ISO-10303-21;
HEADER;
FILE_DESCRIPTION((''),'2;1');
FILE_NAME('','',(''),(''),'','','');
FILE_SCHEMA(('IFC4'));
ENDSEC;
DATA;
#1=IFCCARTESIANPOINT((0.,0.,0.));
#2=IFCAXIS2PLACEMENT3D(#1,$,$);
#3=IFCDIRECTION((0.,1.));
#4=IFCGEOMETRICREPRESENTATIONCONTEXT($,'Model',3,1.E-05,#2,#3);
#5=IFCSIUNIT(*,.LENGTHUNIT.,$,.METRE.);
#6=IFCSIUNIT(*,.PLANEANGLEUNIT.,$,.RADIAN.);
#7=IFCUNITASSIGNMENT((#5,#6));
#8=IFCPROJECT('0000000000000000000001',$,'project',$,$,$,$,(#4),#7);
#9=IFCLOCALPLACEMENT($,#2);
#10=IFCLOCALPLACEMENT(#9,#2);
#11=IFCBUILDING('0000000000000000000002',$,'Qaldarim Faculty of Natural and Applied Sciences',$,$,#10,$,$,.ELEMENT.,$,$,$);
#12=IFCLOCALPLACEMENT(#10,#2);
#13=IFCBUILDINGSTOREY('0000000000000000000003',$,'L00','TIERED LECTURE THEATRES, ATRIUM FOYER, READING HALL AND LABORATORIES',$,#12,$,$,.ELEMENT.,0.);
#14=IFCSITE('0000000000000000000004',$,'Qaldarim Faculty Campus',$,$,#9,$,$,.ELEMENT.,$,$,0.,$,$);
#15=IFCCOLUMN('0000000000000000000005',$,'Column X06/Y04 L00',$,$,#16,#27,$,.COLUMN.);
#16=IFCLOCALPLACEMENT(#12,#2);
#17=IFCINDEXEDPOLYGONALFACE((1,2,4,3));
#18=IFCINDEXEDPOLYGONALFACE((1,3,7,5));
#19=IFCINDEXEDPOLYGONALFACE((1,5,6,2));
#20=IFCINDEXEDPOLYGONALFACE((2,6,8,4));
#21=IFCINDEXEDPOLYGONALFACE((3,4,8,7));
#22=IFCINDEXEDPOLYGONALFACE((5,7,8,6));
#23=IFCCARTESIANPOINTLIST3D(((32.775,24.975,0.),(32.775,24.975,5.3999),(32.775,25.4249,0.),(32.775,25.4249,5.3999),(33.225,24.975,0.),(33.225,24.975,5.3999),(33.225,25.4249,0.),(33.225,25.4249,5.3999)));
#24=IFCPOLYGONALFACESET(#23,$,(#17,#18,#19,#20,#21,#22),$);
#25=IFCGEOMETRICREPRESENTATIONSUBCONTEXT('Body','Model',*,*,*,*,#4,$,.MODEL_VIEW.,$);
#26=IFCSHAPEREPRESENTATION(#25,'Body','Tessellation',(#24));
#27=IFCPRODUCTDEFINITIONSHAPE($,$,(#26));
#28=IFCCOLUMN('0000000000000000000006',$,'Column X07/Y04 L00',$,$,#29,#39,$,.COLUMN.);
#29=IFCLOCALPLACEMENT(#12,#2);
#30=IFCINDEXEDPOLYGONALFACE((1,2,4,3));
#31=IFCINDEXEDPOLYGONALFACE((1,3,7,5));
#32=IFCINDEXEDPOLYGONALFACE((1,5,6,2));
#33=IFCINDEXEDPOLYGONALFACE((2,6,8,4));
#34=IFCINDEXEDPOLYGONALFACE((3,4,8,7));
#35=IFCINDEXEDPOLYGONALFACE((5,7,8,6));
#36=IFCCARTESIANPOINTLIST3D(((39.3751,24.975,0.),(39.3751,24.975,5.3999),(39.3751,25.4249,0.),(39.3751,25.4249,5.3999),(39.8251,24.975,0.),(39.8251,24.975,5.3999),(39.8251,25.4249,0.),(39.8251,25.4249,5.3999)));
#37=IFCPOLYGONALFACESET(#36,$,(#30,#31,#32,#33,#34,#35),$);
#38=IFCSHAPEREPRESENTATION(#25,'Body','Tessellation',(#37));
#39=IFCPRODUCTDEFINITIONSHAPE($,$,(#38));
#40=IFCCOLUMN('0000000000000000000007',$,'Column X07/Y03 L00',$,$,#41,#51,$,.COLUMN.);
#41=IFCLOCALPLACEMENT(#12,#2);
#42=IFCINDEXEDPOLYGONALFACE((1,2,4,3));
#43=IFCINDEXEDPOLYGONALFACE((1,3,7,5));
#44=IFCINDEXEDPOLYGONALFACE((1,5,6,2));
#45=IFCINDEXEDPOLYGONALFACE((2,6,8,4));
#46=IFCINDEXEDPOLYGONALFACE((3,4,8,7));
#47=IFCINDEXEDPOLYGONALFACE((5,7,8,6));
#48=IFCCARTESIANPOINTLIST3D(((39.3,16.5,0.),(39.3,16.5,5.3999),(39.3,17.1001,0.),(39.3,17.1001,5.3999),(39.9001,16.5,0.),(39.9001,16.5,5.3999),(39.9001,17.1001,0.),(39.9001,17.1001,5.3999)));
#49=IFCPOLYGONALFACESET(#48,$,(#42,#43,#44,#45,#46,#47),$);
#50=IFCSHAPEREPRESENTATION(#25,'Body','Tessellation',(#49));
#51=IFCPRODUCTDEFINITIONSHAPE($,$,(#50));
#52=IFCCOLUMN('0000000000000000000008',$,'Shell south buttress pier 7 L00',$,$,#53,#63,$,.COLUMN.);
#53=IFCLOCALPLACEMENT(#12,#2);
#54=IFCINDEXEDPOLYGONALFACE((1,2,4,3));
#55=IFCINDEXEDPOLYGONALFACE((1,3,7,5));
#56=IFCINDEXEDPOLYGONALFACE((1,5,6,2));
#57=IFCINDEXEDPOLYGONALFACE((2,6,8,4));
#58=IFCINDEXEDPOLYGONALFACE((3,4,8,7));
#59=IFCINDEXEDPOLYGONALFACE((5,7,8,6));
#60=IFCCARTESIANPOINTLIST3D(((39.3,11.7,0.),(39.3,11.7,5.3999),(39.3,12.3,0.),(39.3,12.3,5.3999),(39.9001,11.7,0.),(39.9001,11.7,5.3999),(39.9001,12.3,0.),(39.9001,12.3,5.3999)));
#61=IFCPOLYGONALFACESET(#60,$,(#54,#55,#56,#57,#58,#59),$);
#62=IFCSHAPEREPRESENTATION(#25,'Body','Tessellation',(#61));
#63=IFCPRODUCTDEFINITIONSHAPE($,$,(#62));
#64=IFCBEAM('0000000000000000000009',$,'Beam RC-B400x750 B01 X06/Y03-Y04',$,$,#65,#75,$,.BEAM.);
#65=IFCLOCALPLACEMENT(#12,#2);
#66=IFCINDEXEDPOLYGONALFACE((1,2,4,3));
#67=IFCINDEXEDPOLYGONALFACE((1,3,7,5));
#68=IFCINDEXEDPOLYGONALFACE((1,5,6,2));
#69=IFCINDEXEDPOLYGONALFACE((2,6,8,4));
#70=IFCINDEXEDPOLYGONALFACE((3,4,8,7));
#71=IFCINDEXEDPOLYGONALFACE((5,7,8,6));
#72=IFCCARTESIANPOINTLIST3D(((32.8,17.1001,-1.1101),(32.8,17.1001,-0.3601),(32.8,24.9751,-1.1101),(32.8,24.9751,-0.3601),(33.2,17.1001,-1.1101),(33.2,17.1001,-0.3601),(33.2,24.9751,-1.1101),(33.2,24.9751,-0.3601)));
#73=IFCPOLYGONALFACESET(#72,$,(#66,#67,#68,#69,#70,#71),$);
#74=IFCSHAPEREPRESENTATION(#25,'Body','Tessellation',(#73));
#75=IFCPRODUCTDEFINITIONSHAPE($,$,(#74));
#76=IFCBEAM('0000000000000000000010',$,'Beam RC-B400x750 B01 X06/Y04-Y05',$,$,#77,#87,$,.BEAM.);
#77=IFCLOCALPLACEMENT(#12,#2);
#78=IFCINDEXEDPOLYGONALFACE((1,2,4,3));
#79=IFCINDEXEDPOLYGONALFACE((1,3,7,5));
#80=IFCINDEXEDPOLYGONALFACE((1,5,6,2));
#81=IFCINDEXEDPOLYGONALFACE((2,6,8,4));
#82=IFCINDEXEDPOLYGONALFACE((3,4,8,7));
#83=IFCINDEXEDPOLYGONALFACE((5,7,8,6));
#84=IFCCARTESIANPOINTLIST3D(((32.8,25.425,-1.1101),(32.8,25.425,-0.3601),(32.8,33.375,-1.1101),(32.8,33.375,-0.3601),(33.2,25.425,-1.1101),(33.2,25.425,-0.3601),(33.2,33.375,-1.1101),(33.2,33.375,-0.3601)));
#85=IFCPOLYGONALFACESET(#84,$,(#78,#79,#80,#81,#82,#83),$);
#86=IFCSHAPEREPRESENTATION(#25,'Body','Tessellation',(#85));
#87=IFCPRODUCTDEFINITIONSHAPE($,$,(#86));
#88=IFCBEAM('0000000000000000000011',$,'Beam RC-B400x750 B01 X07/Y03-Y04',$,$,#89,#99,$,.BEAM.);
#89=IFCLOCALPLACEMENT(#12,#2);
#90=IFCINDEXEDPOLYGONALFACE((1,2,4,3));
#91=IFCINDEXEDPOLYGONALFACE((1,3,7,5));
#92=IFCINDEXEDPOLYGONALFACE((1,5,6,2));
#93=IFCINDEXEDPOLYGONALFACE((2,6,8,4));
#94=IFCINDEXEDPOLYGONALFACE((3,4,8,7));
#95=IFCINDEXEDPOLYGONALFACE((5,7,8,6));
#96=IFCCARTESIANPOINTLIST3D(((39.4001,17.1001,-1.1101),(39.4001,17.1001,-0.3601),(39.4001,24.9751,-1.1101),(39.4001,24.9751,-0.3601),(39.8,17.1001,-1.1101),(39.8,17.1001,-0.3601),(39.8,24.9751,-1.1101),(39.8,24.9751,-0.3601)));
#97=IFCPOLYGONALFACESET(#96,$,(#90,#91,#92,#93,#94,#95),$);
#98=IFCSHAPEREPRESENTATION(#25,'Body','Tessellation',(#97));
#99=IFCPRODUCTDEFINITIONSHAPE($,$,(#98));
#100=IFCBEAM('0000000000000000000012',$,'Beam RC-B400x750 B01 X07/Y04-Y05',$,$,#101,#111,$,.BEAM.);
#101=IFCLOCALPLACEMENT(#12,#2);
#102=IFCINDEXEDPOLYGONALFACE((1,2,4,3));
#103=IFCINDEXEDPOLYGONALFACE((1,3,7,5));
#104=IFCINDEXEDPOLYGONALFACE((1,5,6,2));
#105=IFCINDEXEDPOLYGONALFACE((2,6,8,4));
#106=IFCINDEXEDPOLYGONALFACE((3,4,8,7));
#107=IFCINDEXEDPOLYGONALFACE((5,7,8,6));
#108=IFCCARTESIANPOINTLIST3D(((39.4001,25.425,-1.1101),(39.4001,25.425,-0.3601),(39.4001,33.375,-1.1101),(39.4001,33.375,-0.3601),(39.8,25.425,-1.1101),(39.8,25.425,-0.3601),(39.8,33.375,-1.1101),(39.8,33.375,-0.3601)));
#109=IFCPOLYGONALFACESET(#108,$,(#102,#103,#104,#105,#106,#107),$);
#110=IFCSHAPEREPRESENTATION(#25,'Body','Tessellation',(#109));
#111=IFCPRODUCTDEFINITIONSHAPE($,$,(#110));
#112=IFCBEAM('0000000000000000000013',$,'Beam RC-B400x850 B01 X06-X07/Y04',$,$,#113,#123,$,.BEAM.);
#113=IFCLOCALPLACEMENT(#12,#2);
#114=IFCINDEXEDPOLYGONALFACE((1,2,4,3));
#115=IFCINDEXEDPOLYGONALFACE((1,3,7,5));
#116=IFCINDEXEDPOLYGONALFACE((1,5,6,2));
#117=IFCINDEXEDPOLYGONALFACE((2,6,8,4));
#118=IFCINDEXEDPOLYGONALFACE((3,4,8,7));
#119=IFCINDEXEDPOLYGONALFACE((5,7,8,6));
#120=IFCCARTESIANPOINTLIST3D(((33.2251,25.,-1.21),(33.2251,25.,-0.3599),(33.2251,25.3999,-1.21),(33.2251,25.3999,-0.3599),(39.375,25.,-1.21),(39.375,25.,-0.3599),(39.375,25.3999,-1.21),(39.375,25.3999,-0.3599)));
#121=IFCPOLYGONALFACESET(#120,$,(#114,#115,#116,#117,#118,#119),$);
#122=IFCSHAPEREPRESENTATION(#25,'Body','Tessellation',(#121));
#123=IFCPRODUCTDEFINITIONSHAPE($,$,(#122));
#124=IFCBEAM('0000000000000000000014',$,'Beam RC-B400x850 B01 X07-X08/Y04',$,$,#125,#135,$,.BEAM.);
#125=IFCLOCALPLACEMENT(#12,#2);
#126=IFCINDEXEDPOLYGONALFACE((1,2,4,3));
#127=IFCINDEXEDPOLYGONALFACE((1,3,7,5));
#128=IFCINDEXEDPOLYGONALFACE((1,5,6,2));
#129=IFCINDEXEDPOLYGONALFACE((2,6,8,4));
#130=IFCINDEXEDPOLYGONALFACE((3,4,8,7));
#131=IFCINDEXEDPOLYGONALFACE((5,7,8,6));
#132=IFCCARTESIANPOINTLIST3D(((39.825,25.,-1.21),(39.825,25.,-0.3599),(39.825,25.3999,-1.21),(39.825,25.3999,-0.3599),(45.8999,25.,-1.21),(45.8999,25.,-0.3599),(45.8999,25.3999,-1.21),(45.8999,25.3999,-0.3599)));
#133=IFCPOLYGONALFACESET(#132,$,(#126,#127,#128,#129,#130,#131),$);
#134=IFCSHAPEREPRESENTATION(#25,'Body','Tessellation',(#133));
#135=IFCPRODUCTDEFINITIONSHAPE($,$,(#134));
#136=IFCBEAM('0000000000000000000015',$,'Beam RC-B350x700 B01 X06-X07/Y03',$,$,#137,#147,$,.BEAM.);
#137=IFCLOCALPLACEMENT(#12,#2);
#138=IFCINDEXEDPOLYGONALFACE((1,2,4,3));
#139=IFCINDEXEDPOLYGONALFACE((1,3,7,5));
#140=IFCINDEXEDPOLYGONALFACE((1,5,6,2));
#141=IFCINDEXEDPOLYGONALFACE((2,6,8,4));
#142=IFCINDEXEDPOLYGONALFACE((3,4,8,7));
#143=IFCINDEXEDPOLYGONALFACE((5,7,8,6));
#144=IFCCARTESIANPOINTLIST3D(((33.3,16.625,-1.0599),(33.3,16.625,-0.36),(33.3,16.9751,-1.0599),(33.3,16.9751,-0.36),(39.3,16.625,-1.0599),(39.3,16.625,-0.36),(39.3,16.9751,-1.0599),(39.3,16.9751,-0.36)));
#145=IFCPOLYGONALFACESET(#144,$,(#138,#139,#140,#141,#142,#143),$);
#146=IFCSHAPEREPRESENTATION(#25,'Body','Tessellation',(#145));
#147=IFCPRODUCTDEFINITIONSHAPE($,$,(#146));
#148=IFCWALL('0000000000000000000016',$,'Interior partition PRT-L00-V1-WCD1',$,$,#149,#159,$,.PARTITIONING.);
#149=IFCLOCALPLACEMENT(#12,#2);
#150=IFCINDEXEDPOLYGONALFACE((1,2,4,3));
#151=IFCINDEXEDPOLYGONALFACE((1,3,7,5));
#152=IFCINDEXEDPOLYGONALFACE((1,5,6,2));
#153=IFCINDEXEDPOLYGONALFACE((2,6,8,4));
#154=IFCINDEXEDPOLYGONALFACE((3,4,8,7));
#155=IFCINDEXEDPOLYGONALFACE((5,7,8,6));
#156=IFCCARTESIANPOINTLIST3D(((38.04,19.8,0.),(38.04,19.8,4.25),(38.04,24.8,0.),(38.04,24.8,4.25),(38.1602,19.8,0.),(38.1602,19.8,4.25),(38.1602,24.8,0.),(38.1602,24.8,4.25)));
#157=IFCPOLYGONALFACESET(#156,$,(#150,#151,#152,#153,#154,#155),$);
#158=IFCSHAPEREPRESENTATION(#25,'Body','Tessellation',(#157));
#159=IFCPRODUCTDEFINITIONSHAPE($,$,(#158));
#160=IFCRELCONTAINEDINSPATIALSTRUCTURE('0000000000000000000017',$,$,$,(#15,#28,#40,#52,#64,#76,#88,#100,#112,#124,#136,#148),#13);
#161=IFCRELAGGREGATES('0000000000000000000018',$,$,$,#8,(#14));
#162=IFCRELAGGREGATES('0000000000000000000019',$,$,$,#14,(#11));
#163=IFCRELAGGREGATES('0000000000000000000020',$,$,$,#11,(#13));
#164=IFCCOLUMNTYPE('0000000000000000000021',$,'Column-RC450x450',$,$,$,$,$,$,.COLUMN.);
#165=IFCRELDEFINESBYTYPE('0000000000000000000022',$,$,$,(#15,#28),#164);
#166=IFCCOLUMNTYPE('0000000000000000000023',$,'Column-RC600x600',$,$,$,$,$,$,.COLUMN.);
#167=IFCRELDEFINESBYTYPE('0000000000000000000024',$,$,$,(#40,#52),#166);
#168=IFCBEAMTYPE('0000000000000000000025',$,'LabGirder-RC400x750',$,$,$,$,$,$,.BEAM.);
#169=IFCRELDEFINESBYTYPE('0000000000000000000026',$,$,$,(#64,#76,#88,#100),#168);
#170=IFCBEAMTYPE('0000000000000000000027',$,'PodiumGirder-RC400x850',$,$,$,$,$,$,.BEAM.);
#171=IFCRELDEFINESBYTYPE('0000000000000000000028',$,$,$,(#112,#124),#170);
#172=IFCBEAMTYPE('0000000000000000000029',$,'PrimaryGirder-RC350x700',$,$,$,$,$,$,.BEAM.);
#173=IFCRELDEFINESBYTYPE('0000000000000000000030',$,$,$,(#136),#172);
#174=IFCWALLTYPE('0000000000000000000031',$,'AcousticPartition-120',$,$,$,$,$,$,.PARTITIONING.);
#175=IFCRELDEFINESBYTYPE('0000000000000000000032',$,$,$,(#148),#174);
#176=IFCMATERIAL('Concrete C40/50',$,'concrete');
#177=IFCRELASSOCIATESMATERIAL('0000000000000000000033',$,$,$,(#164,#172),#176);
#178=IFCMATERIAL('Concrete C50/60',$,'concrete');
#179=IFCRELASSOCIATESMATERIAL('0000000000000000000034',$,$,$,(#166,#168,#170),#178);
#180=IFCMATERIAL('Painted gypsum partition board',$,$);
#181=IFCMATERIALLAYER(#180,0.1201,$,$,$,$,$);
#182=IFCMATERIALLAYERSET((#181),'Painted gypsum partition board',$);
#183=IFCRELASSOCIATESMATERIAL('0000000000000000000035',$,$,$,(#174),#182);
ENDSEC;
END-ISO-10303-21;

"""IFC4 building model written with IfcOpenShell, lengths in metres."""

from ifc_helpers import new_model, si_unit, direction, frame, frame_2d, origin, origin_2d, place, context, subcontext, project, spatial, rectangle, extrude, material, layer, layer_set, material_profile, profile_set, type_object, element, save


model = new_model("IFC4")

# Units and contexts
model_context = context("Model", 3, precision=1e-05, world=origin(), true_north=direction((0.0, 1.0)))
body_context = subcontext(model_context, "Body", "Model", "MODEL_VIEW")
ifc_project = project(units=[si_unit("LENGTHUNIT", "METRE"), si_unit("PLANEANGLEUNIT", "RADIAN")], contexts=[model_context])

# Site, building, storey
site_placement = place(None, origin())
site = spatial("IfcSite", under=ifc_project, at=site_placement, Name="Qaldarim Faculty Campus", CompositionType="ELEMENT", RefElevation=0.0)
building_placement = place(site_placement, origin())
building = spatial("IfcBuilding", under=site, at=building_placement, Name="Qaldarim Faculty of Natural and Applied Sciences", CompositionType="ELEMENT")
storey_placement = place(building_placement, origin())
storey = spatial("IfcBuildingStorey", under=building, at=storey_placement, Name="L00", Description="TIERED LECTURE THEATRES, ATRIUM FOYER, READING HALL AND LABORATORIES", CompositionType="ELEMENT", Elevation=0.0)

# Columns
ifc_material_1 = material(Name="Concrete C40/50", Category="concrete")
ifc_material_profile_1 = material_profile(ifc_material_1, rectangle(XDim=0.45, YDim=0.45, at=origin_2d()), Name="RC-C450x450")
ifc_profile_set_1 = profile_set([ifc_material_profile_1], Name="Concrete C40/50")
column_type_1 = type_object("IfcColumnType", Name="Column-RC450x450", PredefinedType="COLUMN", material=ifc_profile_set_1)
for number, where, z_axis, x_axis, name in (
    (1, (33.0, 25.2, 0.0), (0.0, 0.0, 1.0), (1.0, 0.0, 0.0), "Column X06/Y04 L00"),
    (2, (39.6001, 25.2, 0.0), (0.0, 0.0, 1.0), (1.0, 0.0, 0.0), "Column X07/Y04 L00"),
):
    element("IfcColumn", number, at=place(storey_placement, frame(where, z_axis=z_axis, x_axis=x_axis)), inside=storey, type_object=column_type_1, Name=name, PredefinedType="COLUMN", context=body_context, shape_type="SweptSolid", body=[
        extrude(rectangle(XDim=0.45, YDim=0.45, at=origin_2d()), origin(), (0.0, 0.0, 1.0), 5.3999),
    ])
ifc_material_2 = material(Name="Concrete C50/60", Category="concrete")
ifc_material_profile_2 = material_profile(ifc_material_2, rectangle(XDim=0.6001, YDim=0.6001, at=origin_2d()), Name="RC-C600x600")
ifc_profile_set_2 = profile_set([ifc_material_profile_2], Name="Concrete C50/60")
column_type_2 = type_object("IfcColumnType", Name="Column-RC600x600", PredefinedType="COLUMN", material=ifc_profile_set_2)
for number, where, z_axis, x_axis, name in (
    (3, (39.6001, 16.8, 0.0), (0.0, 0.0, 1.0), (1.0, 0.0, 0.0), "Column X07/Y03 L00"),
    (4, (39.6001, 12.0, 0.0), (0.0, 0.0, 1.0), (1.0, 0.0, 0.0), "Shell south buttress pier 7 L00"),
):
    element("IfcColumn", number, at=place(storey_placement, frame(where, z_axis=z_axis, x_axis=x_axis)), inside=storey, type_object=column_type_2, Name=name, PredefinedType="COLUMN", context=body_context, shape_type="SweptSolid", body=[
        extrude(rectangle(XDim=0.6001, YDim=0.6001, at=origin_2d()), origin(), (0.0, 0.0, 1.0), 5.3999),
    ])

# Beams
ifc_material_profile_3 = material_profile(ifc_material_2, rectangle(XDim=0.3999, YDim=0.75, at=origin_2d()), Name="RC-B400x750")
ifc_profile_set_3 = profile_set([ifc_material_profile_3], Name="Concrete C50/60")
beam_type_1 = type_object("IfcBeamType", Name="LabGirder-RC400x750", PredefinedType="BEAM", material=ifc_profile_set_3)
beam_1_placement = place(storey_placement, frame((33.0, 17.1001, -0.7351), z_axis=(0.0, 1.0, 0.0), x_axis=(-1.0, 0.0, 0.0)))
element("IfcBeam", 5, at=beam_1_placement, inside=storey, type_object=beam_type_1, Name="Beam RC-B400x750 B01 X06/Y03-Y04", PredefinedType="BEAM", context=body_context, shape_type="SweptSolid", body=[
    extrude(rectangle(XDim=0.3999, YDim=0.75, at=origin_2d()), origin(), (0.0, 0.0, 1.0), 7.875),
])
beam_2_placement = place(storey_placement, frame((33.0, 25.425, -0.7351), z_axis=(0.0, 1.0, 0.0), x_axis=(-1.0, 0.0, 0.0)))
element("IfcBeam", 6, at=beam_2_placement, inside=storey, type_object=beam_type_1, Name="Beam RC-B400x750 B01 X06/Y04-Y05", PredefinedType="BEAM", context=body_context, shape_type="SweptSolid", body=[
    extrude(rectangle(XDim=0.3999, YDim=0.75, at=origin_2d()), origin(), (0.0, 0.0, 1.0), 7.95),
])
beam_3_placement = place(storey_placement, frame((39.6001, 17.1001, -0.7351), z_axis=(0.0, 1.0, 0.0), x_axis=(-1.0, 0.0, 0.0)))
element("IfcBeam", 7, at=beam_3_placement, inside=storey, type_object=beam_type_1, Name="Beam RC-B400x750 B01 X07/Y03-Y04", PredefinedType="BEAM", context=body_context, shape_type="SweptSolid", body=[
    extrude(rectangle(XDim=0.3999, YDim=0.75, at=origin_2d()), origin(), (0.0, 0.0, 1.0), 7.875),
])
beam_4_placement = place(storey_placement, frame((39.6001, 25.425, -0.7351), z_axis=(0.0, 1.0, 0.0), x_axis=(-1.0, 0.0, 0.0)))
element("IfcBeam", 8, at=beam_4_placement, inside=storey, type_object=beam_type_1, Name="Beam RC-B400x750 B01 X07/Y04-Y05", PredefinedType="BEAM", context=body_context, shape_type="SweptSolid", body=[
    extrude(rectangle(XDim=0.3999, YDim=0.75, at=origin_2d()), origin(), (0.0, 0.0, 1.0), 7.95),
])
ifc_material_profile_4 = material_profile(ifc_material_2, rectangle(XDim=0.3999, YDim=0.8501, at=origin_2d()), Name="RC-B400x850")
ifc_profile_set_4 = profile_set([ifc_material_profile_4], Name="Concrete C50/60")
beam_type_2 = type_object("IfcBeamType", Name="PodiumGirder-RC400x850", PredefinedType="BEAM", material=ifc_profile_set_4)
beam_5_placement = place(storey_placement, frame((33.2251, 25.2, -0.7849), z_axis=(1.0, 0.0, 0.0), x_axis=(0.0, 1.0, 0.0)))
element("IfcBeam", 9, at=beam_5_placement, inside=storey, type_object=beam_type_2, Name="Beam RC-B400x850 B01 X06-X07/Y04", PredefinedType="BEAM", context=body_context, shape_type="SweptSolid", body=[
    extrude(rectangle(XDim=0.3999, YDim=0.8501, at=origin_2d()), origin(), (0.0, 0.0, 1.0), 6.1499),
])
beam_6_placement = place(storey_placement, frame((39.825, 25.2, -0.7849), z_axis=(1.0, 0.0, 0.0), x_axis=(0.0, 1.0, 0.0)))
element("IfcBeam", 10, at=beam_6_placement, inside=storey, type_object=beam_type_2, Name="Beam RC-B400x850 B01 X07-X08/Y04", PredefinedType="BEAM", context=body_context, shape_type="SweptSolid", body=[
    extrude(rectangle(XDim=0.3999, YDim=0.8501, at=origin_2d()), origin(), (0.0, 0.0, 1.0), 6.075),
])
ifc_material_profile_5 = material_profile(ifc_material_1, rectangle(XDim=0.3501, YDim=0.7, at=origin_2d()), Name="RC-B350x700")
ifc_profile_set_5 = profile_set([ifc_material_profile_5], Name="Concrete C40/50")
beam_type_3 = type_object("IfcBeamType", Name="PrimaryGirder-RC350x700", PredefinedType="BEAM", material=ifc_profile_set_5)
beam_7_placement = place(storey_placement, frame((33.3, 16.8, -0.71), z_axis=(1.0, 0.0, 0.0), x_axis=(0.0, 1.0, 0.0)))
element("IfcBeam", 11, at=beam_7_placement, inside=storey, type_object=beam_type_3, Name="Beam RC-B350x700 B01 X06-X07/Y03", PredefinedType="BEAM", context=body_context, shape_type="SweptSolid", body=[
    extrude(rectangle(XDim=0.3501, YDim=0.7, at=origin_2d()), origin(), (0.0, 0.0, 1.0), 6.0),
])

# Wall
ifc_material_3 = material(Name="Painted gypsum partition board")
ifc_layer_1 = layer(ifc_material_3, 0.1201)
ifc_layer_set_1 = layer_set([ifc_layer_1], Name="Painted gypsum partition board")
wall_type_1 = type_object("IfcWallType", Name="AcousticPartition-120", PredefinedType="PARTITIONING", material=ifc_layer_set_1)
wall_1_placement = place(storey_placement, frame((38.1001, 19.8, 0.0), z_axis=(0.0, 0.0, 1.0), x_axis=(0.0, 1.0, 0.0)))
element("IfcWall", 12, at=wall_1_placement, inside=storey, type_object=wall_type_1, Name="Interior partition PRT-L00-V1-WCD1", PredefinedType="PARTITIONING", context=body_context, shape_type="SweptSolid", body=[
    extrude(rectangle(XDim=5.0, YDim=0.1201, at=frame_2d((2.5, 0.0))), origin(), (0.0, 0.0, 1.0), 4.25),
])

save(model, "model.ifc")
